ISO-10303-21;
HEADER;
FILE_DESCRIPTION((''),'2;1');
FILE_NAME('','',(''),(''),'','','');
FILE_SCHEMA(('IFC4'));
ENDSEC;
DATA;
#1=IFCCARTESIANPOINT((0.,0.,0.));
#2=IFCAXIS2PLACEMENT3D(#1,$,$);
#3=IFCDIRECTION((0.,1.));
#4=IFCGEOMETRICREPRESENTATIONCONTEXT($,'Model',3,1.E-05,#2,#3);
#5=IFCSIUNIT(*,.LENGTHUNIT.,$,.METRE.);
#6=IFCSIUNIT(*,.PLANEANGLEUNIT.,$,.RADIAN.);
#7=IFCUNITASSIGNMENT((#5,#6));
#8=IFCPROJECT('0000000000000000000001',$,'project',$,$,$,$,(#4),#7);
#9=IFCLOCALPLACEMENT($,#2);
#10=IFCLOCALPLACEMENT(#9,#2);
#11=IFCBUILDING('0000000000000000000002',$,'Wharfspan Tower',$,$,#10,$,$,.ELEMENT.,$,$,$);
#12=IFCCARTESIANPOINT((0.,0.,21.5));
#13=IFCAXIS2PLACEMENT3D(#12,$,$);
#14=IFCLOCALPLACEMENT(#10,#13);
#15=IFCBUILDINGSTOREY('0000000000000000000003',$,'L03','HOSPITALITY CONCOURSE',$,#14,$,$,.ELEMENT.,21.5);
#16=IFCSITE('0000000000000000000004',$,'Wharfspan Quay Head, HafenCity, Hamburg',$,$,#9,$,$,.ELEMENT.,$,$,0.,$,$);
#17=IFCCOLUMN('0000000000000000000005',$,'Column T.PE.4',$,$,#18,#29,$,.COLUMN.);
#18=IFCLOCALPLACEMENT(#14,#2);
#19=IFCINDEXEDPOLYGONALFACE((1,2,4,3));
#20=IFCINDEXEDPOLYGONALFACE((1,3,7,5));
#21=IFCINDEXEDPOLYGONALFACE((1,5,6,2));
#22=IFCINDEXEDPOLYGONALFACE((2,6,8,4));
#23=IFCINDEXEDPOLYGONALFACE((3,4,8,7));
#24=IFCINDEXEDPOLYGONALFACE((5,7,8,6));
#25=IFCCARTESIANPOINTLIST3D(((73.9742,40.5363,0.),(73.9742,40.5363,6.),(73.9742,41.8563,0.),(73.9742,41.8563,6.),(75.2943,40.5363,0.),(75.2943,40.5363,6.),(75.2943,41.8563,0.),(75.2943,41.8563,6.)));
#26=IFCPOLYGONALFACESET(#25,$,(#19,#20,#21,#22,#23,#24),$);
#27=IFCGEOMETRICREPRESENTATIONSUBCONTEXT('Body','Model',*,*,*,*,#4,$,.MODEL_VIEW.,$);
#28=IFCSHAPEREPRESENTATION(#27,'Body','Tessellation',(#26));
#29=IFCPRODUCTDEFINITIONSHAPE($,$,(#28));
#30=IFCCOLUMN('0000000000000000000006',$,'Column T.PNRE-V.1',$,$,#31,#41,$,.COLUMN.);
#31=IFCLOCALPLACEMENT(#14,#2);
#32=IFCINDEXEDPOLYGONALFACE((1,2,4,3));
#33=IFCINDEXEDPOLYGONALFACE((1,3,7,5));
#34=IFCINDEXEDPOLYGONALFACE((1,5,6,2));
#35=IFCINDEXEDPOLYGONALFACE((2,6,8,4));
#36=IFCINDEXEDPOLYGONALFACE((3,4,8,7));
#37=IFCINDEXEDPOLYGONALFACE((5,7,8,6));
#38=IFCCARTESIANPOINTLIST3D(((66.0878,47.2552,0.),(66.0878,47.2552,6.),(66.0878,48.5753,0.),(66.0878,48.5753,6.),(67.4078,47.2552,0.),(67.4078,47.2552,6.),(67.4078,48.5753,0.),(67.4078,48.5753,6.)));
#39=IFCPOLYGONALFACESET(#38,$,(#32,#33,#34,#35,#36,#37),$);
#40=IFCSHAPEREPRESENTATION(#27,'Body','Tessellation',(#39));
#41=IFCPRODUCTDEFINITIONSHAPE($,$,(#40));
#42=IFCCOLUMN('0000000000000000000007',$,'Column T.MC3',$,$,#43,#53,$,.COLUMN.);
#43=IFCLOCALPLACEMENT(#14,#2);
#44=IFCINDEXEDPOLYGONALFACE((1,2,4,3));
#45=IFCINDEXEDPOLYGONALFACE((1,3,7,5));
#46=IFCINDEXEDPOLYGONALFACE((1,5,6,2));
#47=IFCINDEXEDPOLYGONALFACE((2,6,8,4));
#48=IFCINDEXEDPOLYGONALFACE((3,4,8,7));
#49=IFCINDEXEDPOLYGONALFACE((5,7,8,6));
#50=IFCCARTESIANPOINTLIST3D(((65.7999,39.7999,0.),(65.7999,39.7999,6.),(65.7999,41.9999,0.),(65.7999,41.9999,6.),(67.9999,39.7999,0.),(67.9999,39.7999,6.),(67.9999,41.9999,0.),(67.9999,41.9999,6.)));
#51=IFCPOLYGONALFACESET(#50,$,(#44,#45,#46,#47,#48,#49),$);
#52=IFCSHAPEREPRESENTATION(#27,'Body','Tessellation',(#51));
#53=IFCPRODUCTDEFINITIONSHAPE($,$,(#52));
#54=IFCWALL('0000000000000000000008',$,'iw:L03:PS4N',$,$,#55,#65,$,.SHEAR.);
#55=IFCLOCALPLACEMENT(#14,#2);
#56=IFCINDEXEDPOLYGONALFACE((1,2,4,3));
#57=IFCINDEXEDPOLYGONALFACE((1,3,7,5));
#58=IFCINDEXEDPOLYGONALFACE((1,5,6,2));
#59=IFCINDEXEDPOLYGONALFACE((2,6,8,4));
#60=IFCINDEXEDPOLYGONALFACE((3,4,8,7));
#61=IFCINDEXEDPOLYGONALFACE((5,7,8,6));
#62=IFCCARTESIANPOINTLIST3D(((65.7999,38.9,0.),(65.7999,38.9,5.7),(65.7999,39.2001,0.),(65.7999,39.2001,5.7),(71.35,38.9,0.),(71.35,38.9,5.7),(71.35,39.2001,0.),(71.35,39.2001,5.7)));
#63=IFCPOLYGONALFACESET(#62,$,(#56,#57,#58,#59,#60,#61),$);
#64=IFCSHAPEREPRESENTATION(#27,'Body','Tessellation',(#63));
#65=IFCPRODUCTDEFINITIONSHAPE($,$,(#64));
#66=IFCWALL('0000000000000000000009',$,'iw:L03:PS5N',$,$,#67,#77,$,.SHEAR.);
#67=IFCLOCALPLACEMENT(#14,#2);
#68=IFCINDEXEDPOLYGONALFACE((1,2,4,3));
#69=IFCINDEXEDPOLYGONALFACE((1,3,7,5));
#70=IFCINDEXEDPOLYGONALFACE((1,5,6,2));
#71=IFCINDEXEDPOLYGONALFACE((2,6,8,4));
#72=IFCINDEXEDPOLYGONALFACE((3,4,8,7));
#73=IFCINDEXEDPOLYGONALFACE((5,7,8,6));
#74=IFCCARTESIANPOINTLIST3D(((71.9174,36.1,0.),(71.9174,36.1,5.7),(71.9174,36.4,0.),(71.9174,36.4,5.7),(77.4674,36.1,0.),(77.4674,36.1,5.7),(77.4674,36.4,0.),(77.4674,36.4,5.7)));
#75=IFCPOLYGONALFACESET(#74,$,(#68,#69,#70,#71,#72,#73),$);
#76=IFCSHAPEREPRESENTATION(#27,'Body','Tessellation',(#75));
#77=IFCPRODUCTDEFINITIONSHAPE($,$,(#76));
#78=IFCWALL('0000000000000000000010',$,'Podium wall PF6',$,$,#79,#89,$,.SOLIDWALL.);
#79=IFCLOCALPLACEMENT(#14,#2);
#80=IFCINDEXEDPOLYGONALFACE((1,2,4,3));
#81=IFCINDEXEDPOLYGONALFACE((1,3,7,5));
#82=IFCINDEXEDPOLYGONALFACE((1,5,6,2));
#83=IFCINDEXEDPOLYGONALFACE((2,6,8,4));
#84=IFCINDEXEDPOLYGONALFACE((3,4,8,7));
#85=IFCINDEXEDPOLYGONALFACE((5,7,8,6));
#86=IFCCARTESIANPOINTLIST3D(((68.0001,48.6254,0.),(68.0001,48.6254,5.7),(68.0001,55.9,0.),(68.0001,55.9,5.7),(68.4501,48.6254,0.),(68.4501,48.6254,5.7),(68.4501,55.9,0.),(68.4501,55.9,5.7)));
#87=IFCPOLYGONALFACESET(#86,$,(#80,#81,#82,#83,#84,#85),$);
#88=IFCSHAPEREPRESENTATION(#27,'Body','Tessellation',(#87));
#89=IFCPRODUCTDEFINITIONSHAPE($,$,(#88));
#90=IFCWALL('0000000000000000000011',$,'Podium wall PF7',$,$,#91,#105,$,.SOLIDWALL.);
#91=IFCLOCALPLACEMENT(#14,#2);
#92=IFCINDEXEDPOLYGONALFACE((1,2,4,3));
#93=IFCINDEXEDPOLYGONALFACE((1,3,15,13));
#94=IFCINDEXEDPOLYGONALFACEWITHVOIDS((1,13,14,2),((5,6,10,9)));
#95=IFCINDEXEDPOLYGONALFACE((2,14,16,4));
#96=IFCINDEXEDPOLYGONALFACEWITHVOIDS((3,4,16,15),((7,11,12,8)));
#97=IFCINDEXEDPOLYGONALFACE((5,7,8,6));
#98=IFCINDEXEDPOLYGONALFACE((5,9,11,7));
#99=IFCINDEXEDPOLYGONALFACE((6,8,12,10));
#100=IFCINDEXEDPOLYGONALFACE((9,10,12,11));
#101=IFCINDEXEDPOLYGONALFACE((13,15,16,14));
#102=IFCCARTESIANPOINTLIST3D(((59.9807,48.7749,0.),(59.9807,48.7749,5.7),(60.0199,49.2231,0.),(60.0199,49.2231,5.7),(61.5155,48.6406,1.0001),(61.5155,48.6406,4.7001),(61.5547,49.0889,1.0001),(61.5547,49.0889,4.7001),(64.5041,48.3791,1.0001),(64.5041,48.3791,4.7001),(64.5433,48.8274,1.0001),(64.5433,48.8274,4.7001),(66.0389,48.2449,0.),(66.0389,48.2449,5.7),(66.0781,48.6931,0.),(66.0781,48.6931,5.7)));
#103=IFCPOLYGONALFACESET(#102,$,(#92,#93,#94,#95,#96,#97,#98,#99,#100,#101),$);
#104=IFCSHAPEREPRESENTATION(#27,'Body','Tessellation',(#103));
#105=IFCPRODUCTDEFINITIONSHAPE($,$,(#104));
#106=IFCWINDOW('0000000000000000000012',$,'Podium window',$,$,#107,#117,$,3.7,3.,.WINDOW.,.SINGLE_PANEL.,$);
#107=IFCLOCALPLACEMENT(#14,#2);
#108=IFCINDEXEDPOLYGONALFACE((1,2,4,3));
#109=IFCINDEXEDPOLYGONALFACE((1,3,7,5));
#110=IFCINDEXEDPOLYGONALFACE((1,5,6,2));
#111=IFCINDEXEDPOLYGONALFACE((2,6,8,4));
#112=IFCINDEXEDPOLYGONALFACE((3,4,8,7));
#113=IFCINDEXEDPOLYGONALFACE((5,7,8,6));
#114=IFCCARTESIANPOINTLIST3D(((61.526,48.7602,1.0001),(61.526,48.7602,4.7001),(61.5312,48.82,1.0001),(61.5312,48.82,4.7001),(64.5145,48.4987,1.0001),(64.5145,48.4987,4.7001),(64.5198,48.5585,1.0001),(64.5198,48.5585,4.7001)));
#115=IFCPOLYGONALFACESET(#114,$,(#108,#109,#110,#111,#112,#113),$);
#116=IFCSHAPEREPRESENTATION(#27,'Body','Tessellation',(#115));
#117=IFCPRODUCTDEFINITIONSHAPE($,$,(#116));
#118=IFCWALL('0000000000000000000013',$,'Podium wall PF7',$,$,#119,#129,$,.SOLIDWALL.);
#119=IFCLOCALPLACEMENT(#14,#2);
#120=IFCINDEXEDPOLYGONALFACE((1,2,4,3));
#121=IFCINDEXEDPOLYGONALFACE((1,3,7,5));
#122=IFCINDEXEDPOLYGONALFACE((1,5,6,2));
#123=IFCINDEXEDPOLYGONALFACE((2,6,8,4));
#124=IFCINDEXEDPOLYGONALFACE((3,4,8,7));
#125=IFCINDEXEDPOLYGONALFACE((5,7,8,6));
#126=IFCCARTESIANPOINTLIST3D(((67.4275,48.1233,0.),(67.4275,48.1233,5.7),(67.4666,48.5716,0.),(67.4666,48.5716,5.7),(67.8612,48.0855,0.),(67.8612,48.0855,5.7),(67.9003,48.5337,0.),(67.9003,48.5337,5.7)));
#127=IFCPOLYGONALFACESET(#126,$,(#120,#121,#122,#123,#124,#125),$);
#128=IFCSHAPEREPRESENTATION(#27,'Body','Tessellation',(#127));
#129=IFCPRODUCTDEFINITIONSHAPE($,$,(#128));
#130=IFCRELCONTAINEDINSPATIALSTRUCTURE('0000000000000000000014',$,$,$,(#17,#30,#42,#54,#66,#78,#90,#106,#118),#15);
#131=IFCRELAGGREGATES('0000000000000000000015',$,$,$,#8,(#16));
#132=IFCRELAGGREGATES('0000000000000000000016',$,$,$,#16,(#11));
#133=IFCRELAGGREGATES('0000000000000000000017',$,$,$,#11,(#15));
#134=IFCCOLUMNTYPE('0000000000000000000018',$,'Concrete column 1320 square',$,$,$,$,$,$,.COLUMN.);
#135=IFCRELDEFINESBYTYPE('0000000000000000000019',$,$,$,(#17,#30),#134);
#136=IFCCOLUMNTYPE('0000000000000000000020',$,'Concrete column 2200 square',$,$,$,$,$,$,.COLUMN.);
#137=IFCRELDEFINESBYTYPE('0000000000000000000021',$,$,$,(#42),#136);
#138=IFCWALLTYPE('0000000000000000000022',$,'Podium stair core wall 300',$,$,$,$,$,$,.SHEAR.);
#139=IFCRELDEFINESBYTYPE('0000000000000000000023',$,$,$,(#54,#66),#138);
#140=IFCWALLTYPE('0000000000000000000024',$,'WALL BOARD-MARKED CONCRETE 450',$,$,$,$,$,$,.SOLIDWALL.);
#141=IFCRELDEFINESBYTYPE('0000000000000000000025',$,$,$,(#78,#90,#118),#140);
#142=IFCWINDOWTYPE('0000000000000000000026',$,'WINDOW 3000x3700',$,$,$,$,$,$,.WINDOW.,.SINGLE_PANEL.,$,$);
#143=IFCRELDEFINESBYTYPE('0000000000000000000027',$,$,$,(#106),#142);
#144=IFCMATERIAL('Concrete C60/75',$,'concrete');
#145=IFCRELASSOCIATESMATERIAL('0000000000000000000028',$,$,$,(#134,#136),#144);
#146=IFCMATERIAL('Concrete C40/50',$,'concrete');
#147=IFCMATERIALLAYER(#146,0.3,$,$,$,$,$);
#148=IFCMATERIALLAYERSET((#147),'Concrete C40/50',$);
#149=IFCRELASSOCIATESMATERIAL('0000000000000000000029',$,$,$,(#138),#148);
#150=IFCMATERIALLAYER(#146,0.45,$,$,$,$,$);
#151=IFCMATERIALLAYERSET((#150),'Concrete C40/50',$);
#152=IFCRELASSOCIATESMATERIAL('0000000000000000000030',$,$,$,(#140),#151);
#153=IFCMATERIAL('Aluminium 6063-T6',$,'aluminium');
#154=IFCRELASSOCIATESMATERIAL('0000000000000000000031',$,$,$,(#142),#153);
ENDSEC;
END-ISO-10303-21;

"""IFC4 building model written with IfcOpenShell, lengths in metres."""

from ifc_helpers import new_model, si_unit, direction, frame, frame_2d, origin, origin_2d, place, context, subcontext, project, spatial, rectangle, extrude, material, layer, layer_set, material_profile, profile_set, type_object, element, fill, save


model = new_model("IFC4")

# Units and contexts
model_context = context("Model", 3, precision=1e-05, world=origin(), true_north=direction((0.0, 1.0)))
body_context = subcontext(model_context, "Body", "Model", "MODEL_VIEW")
ifc_project = project(units=[si_unit("LENGTHUNIT", "METRE"), si_unit("PLANEANGLEUNIT", "RADIAN")], contexts=[model_context])

# Site, building, storey
site_placement = place(None, origin())
site = spatial("IfcSite", under=ifc_project, at=site_placement, Name="Wharfspan Quay Head, HafenCity, Hamburg", CompositionType="ELEMENT", RefElevation=0.0)
building_placement = place(site_placement, origin())
building = spatial("IfcBuilding", under=site, at=building_placement, Name="Wharfspan Tower", CompositionType="ELEMENT")
storey_placement = place(building_placement, frame((0.0, 0.0, 21.5)))
storey = spatial("IfcBuildingStorey", under=building, at=storey_placement, Name="L03", Description="HOSPITALITY CONCOURSE", CompositionType="ELEMENT", Elevation=21.5)

# Columns
ifc_material_1 = material(Name="Concrete C60/75", Category="concrete")
ifc_material_profile_1 = material_profile(ifc_material_1, rectangle(XDim=1.3201, YDim=1.3201, at=origin_2d()))
ifc_profile_set_1 = profile_set([ifc_material_profile_1], Name="Concrete C60/75")
column_type_1 = type_object("IfcColumnType", Name="Concrete column 1320 square", PredefinedType="COLUMN", material=ifc_profile_set_1)
for number, where, z_axis, x_axis, name in (
    (1, (74.6343, 41.1963, 0.0), (0.0, 0.0, 1.0), (1.0, 0.0, 0.0), "Column T.PE.4"),
    (2, (66.7478, 47.9153, 0.0), (0.0, 0.0, 1.0), (1.0, 0.0, 0.0), "Column T.PNRE-V.1"),
):
    element("IfcColumn", number, at=place(storey_placement, frame(where, z_axis=z_axis, x_axis=x_axis)), inside=storey, type_object=column_type_1, Name=name, PredefinedType="COLUMN", context=body_context, shape_type="SweptSolid", body=[
        extrude(rectangle(XDim=1.3201, YDim=1.3201, at=origin_2d()), origin(), (0.0, 0.0, 1.0), 6.0),
    ])
ifc_material_profile_2 = material_profile(ifc_material_1, rectangle(XDim=2.2, YDim=2.2, at=origin_2d()))
ifc_profile_set_2 = profile_set([ifc_material_profile_2], Name="Concrete C60/75")
column_type_2 = type_object("IfcColumnType", Name="Concrete column 2200 square", PredefinedType="COLUMN", material=ifc_profile_set_2)
column_placement = place(storey_placement, frame((66.8999, 40.8999, 0.0), z_axis=(0.0, 0.0, 1.0), x_axis=(1.0, 0.0, 0.0)))
element("IfcColumn", 3, at=column_placement, inside=storey, type_object=column_type_2, Name="Column T.MC3", PredefinedType="COLUMN", context=body_context, shape_type="SweptSolid", body=[
    extrude(rectangle(XDim=2.2, YDim=2.2, at=origin_2d()), origin(), (0.0, 0.0, 1.0), 6.0),
])

# Walls
ifc_material_2 = material(Name="Concrete C40/50", Category="concrete")
ifc_layer_1 = layer(ifc_material_2, 0.3)
ifc_layer_set_1 = layer_set([ifc_layer_1], Name="Concrete C40/50")
wall_type_1 = type_object("IfcWallType", Name="Podium stair core wall 300", PredefinedType="SHEAR", material=ifc_layer_set_1)
for number, where, z_axis, x_axis, name in (
    (4, (65.8, 39.05, 0.0), (0.0, 0.0, 1.0), (1.0, 0.0, 0.0), "iw:L03:PS4N"),
    (5, (71.9175, 36.25, 0.0), (0.0, 0.0, 1.0), (1.0, 0.0, 0.0), "iw:L03:PS5N"),
):
    element("IfcWall", number, at=place(storey_placement, frame(where, z_axis=z_axis, x_axis=x_axis)), inside=storey, type_object=wall_type_1, Name=name, PredefinedType="SHEAR", context=body_context, shape_type="SweptSolid", body=[
        extrude(rectangle(XDim=5.55, YDim=0.3, at=frame_2d((2.7749, 0.0))), origin(), (0.0, 0.0, 1.0), 5.7),
    ])
ifc_layer_2 = layer(ifc_material_2, 0.45)
ifc_layer_set_2 = layer_set([ifc_layer_2], Name="Concrete C40/50")
wall_type_2 = type_object("IfcWallType", Name="WALL BOARD-MARKED CONCRETE 450", PredefinedType="SOLIDWALL", material=ifc_layer_set_2)
wall_1_placement = place(storey_placement, frame((68.2251, 55.8999, 0.0), z_axis=(0.0, 0.0, 1.0), x_axis=(0.0, -1.0, 0.0)))
element("IfcWall", 6, at=wall_1_placement, inside=storey, type_object=wall_type_2, Name="Podium wall PF6", PredefinedType="SOLIDWALL", context=body_context, shape_type="SweptSolid", body=[
    extrude(rectangle(XDim=7.2747, YDim=0.45, at=frame_2d((3.6372, 0.0))), origin(), (0.0, 0.0, 1.0), 5.7),
])

# Wall, opening, window
wall_2_placement = place(storey_placement, frame((66.0584, 48.469, 0.0), z_axis=(0.0, 0.0, 1.0), x_axis=(-0.996195, 0.087158, 0.0)))
wall_2 = element("IfcWall", 7, at=wall_2_placement, inside=storey, type_object=wall_type_2, Name="Podium wall PF7", PredefinedType="SOLIDWALL", context=body_context, shape_type="SweptSolid", body=[
    extrude(rectangle(XDim=6.0813, YDim=0.45, at=frame_2d((3.0405, 0.0))), origin(), (0.0, 0.0, 1.0), 5.7),
])
opening_placement = place(wall_2_placement, frame((1.5405, 0.0, 1.0)))
opening = element("IfcOpeningElement", 8, at=opening_placement, cuts=wall_2, PredefinedType="OPENING", context=body_context, shape_type="SweptSolid", body=[
    extrude(rectangle(XDim=3.0, YDim=3.7, at=frame_2d((1.5, 1.8501))), frame((0.0, 0.2349, 0.0), z_axis=(0.0, -1.0, 0.0), x_axis=(1.0, 0.0, 0.0)), (0.0, 0.0, 1.0), 0.47),
])
ifc_material_3 = material(Name="Aluminium 6063-T6", Category="aluminium")
window_type = type_object("IfcWindowType", Name="WINDOW 3000x3700", PartitioningType="SINGLE_PANEL", PredefinedType="WINDOW", material=ifc_material_3)
window_placement = place(opening_placement, origin())
window = element("IfcWindow", 9, at=window_placement, inside=storey, type_object=window_type, Name="Podium window", OverallHeight=3.7, OverallWidth=3.0, PartitioningType="SINGLE_PANEL", PredefinedType="WINDOW", context=body_context, shape_type="SweptSolid", body=[
    extrude(rectangle(XDim=3.0, YDim=3.7, at=frame_2d((1.5, 1.8501))), frame((0.0, 0.105, 0.0), z_axis=(0.0, -1.0, 0.0), x_axis=(1.0, 0.0, 0.0)), (0.0, 0.0, 1.0), 0.0601),
])
fill(opening, window)

# Wall
wall_3_placement = place(storey_placement, frame((67.8809, 48.3096, 0.0), z_axis=(0.0, 0.0, 1.0), x_axis=(-0.99621, 0.086944, 0.0)))
element("IfcWall", 10, at=wall_3_placement, inside=storey, type_object=wall_type_2, Name="Podium wall PF7", PredefinedType="SOLIDWALL", context=body_context, shape_type="SweptSolid", body=[
    extrude(rectangle(XDim=0.4353, YDim=0.45, at=frame_2d((0.2178, 0.0))), origin(), (0.0, 0.0, 1.0), 5.7),
])

save(model, "model.ifc")
